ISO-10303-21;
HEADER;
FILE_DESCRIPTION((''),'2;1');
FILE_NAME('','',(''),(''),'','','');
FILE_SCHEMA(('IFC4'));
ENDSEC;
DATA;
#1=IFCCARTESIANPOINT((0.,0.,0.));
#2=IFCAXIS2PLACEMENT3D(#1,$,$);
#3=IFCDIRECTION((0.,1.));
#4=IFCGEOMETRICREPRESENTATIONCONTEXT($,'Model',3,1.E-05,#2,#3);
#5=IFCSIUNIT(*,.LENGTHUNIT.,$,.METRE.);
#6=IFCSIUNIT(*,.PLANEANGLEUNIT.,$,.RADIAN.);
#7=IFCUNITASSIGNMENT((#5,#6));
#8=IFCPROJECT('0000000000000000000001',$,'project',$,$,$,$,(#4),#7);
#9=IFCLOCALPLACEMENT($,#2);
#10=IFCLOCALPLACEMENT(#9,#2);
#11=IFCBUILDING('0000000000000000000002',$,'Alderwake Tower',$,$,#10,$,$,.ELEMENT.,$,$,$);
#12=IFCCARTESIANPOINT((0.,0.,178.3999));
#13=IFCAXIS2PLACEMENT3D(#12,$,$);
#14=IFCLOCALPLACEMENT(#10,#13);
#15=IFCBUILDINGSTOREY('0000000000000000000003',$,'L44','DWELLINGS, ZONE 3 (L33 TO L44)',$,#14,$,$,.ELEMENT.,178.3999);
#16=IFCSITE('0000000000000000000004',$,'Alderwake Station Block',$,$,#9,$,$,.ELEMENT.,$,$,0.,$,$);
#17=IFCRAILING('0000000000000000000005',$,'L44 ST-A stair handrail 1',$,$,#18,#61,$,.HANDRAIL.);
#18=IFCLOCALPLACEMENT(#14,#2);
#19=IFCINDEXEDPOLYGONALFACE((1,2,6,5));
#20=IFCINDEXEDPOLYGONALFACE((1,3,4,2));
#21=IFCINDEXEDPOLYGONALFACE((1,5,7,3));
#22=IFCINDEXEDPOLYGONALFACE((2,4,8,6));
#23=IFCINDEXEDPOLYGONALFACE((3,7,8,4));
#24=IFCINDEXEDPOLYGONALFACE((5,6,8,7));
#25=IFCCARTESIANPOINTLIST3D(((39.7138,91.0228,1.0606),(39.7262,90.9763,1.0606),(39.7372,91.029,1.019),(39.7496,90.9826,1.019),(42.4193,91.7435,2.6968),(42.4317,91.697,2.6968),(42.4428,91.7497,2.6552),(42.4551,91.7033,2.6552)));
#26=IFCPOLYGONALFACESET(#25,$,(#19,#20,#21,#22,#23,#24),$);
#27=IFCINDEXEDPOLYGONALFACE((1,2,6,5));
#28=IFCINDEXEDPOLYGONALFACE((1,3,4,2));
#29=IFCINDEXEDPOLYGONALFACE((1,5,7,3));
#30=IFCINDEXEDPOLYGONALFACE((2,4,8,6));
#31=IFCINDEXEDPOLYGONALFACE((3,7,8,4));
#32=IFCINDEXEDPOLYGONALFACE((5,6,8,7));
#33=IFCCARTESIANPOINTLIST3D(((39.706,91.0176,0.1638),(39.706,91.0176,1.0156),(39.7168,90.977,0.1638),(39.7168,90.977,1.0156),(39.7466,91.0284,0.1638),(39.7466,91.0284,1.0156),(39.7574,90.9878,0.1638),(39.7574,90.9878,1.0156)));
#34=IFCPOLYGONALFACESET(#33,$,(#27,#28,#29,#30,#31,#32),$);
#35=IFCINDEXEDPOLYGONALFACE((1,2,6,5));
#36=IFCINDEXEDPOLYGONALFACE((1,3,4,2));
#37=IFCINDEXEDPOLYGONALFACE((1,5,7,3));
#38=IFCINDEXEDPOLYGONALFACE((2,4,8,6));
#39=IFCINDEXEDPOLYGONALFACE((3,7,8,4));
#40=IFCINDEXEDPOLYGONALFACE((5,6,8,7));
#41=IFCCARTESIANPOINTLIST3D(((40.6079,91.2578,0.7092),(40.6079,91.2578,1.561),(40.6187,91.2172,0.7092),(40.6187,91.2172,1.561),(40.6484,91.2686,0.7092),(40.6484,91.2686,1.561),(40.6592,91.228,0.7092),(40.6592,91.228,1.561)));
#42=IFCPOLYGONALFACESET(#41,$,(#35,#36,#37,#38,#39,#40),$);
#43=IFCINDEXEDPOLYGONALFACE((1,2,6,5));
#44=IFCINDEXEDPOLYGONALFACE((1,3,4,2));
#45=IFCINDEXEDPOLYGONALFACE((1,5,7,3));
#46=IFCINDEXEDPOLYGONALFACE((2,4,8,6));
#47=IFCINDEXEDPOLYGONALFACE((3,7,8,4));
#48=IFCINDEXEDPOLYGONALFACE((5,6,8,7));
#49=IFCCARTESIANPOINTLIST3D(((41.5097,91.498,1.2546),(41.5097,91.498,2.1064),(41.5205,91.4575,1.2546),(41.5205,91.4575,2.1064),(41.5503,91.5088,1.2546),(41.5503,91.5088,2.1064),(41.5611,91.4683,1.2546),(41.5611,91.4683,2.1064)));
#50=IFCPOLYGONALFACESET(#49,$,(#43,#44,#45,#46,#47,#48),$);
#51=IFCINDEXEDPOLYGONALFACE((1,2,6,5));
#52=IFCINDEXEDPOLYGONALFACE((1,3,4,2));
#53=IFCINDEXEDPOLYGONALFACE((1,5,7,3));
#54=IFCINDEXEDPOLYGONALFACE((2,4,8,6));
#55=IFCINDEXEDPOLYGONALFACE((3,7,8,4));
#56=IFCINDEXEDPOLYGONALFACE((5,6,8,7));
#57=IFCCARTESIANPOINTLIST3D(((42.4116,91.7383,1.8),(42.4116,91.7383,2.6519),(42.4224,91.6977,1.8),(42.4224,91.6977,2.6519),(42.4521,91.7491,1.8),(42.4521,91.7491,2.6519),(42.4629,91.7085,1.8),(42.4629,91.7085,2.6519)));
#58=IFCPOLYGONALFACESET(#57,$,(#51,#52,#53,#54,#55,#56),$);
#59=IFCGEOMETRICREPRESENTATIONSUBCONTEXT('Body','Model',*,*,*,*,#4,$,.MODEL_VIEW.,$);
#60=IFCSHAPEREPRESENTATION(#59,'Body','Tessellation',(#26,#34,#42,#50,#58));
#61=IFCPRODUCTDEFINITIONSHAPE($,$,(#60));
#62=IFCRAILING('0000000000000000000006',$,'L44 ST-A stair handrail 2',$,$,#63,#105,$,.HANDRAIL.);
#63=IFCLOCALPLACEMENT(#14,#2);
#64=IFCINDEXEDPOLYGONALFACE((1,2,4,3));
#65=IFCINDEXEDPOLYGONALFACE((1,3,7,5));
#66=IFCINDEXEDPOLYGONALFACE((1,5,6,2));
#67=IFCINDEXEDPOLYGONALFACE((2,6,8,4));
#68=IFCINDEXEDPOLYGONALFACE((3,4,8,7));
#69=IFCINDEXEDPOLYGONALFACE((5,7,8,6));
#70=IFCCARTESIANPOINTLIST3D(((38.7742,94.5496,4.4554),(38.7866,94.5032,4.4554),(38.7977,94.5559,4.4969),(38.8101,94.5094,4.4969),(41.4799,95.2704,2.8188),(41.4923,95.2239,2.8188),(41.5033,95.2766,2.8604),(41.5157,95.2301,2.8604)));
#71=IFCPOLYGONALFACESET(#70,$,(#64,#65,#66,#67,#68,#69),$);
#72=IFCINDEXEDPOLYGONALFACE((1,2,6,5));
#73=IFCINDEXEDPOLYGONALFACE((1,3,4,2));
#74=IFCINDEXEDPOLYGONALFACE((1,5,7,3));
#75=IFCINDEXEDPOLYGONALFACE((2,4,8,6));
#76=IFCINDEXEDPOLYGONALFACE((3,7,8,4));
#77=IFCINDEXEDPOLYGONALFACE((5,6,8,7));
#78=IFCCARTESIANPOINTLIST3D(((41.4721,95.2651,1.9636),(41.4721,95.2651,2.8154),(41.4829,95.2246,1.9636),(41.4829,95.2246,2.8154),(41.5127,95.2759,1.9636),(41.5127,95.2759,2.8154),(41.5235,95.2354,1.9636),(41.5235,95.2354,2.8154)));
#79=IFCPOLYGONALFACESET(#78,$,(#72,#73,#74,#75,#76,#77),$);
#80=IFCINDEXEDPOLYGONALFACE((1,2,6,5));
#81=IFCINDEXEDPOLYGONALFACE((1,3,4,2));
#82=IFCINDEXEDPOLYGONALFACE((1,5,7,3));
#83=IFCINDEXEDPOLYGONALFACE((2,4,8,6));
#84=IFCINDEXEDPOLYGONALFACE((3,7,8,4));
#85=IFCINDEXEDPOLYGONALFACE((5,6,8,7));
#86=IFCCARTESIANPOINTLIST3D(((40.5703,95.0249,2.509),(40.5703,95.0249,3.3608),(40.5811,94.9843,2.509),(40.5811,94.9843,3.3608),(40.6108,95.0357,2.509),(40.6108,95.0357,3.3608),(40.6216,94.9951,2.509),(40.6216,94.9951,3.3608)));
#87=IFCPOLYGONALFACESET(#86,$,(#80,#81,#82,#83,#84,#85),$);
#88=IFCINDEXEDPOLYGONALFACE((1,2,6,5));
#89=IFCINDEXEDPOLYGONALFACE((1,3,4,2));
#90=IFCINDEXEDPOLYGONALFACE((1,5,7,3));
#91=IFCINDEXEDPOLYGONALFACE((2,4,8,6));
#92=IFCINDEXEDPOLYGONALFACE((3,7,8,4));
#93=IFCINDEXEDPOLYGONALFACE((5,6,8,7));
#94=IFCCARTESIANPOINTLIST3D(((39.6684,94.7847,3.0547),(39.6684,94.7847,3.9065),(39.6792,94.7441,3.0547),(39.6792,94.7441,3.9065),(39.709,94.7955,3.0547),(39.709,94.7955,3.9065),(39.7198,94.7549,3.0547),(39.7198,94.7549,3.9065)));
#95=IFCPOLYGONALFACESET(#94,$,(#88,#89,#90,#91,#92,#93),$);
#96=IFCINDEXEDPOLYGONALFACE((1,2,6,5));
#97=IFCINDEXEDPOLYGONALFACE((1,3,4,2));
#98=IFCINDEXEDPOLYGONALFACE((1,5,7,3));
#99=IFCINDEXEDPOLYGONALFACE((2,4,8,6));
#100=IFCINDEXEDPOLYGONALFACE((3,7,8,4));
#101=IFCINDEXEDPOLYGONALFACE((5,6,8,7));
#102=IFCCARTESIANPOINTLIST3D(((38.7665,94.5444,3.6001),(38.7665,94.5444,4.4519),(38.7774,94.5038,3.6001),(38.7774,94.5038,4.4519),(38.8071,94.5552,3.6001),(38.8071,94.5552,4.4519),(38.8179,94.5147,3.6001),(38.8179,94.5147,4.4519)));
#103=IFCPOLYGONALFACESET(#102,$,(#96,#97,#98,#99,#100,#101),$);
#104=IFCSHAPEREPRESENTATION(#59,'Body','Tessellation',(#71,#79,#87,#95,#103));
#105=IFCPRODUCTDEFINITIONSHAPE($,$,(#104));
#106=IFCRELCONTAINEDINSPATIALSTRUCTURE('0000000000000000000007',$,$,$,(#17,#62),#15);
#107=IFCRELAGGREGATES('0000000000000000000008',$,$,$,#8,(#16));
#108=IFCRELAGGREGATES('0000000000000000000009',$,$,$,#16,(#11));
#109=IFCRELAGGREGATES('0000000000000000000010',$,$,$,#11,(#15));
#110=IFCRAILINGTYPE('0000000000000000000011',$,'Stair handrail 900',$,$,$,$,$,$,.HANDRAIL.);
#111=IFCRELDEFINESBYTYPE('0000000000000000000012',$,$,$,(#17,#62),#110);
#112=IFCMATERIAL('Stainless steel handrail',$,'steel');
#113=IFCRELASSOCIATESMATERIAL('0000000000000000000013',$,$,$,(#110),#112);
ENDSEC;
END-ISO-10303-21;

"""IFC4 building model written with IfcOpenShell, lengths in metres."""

from ifc_helpers import new_model, si_unit, direction, frame, origin, origin_2d, place, context, subcontext, project, spatial, rectangle, extrude, material, type_object, element, save


model = new_model("IFC4")

# Units and contexts
model_context = context("Model", 3, precision=1e-05, world=origin(), true_north=direction((0.0, 1.0)))
body_context = subcontext(model_context, "Body", "Model", "MODEL_VIEW")
ifc_project = project(units=[si_unit("LENGTHUNIT", "METRE"), si_unit("PLANEANGLEUNIT", "RADIAN")], contexts=[model_context])

# Site, building, storey
site_placement = place(None, origin())
site = spatial("IfcSite", under=ifc_project, at=site_placement, Name="Alderwake Station Block", CompositionType="ELEMENT", RefElevation=0.0)
building_placement = place(site_placement, origin())
building = spatial("IfcBuilding", under=site, at=building_placement, Name="Alderwake Tower", CompositionType="ELEMENT")
storey_placement = place(building_placement, frame((0.0, 0.0, 178.3999)))
storey = spatial("IfcBuildingStorey", under=building, at=storey_placement, Name="L44", Description="DWELLINGS, ZONE 3 (L33 TO L44)", CompositionType="ELEMENT", Elevation=178.3999)

# Railings
ifc_material_1 = material(Name="Stainless steel handrail", Category="steel")
railing_type_1 = type_object("IfcRailingType", Name="Stair handrail 900", PredefinedType="HANDRAIL", material=ifc_material_1)
railing_1_placement = place(storey_placement, frame((39.7317, 91.0027, 0.1638)))
element("IfcRailing", 1, at=railing_1_placement, inside=storey, type_object=railing_type_1, Name="L44 ST-A stair handrail 1", PredefinedType="HANDRAIL", context=body_context, shape_type="SweptSolid", body=[
    extrude(rectangle(XDim=0.0481, YDim=0.0481, at=origin_2d()), frame((0.0, 0.0, 0.876), z_axis=(0.834291, 0.222237, 0.504549), x_axis=(-0.257402, 0.966304, 0.0)), (0.0, 0.0, 1.0), 3.2429),
    extrude(rectangle(XDim=0.042, YDim=0.042, at=origin_2d()), frame((0.0, 0.0, 0.0), z_axis=(0.0, 0.0, 1.0), x_axis=(0.966304, 0.257402, 0.0)), (0.0, 0.0, 1.0), 0.8518),
    extrude(rectangle(XDim=0.042, YDim=0.042, at=origin_2d()), frame((0.9019, 0.2402, 0.5454), z_axis=(0.0, 0.0, 1.0), x_axis=(0.966304, 0.257402, 0.0)), (0.0, 0.0, 1.0), 0.8518),
    extrude(rectangle(XDim=0.042, YDim=0.042, at=origin_2d()), frame((1.8037, 0.4805, 1.0908), z_axis=(0.0, 0.0, 1.0), x_axis=(0.966304, 0.257402, 0.0)), (0.0, 0.0, 1.0), 0.8518),
    extrude(rectangle(XDim=0.042, YDim=0.042, at=origin_2d()), frame((2.7056, 0.7207, 1.6362), z_axis=(0.0, 0.0, 1.0), x_axis=(0.966304, 0.257402, 0.0)), (0.0, 0.0, 1.0), 0.8518),
])
railing_2_placement = place(storey_placement, frame((41.4978, 95.2502, 1.9636)))
element("IfcRailing", 2, at=railing_2_placement, inside=storey, type_object=railing_type_1, Name="L44 ST-A stair handrail 2", PredefinedType="HANDRAIL", context=body_context, shape_type="SweptSolid", body=[
    extrude(rectangle(XDim=0.0481, YDim=0.0481, at=origin_2d()), frame((0.0, 0.0, 0.876), z_axis=(-0.834259, -0.222228, 0.504605), x_axis=(0.257402, -0.966304, 0.0)), (0.0, 0.0, 1.0), 3.2432),
    extrude(rectangle(XDim=0.042, YDim=0.042, at=origin_2d()), frame((0.0, 0.0, 0.0), z_axis=(0.0, 0.0, 1.0), x_axis=(-0.966304, -0.257402, 0.0)), (0.0, 0.0, 1.0), 0.8518),
    extrude(rectangle(XDim=0.042, YDim=0.042, at=origin_2d()), frame((-0.9019, -0.2402, 0.5454), z_axis=(0.0, 0.0, 1.0), x_axis=(-0.966304, -0.257402, 0.0)), (0.0, 0.0, 1.0), 0.8518),
    extrude(rectangle(XDim=0.042, YDim=0.042, at=origin_2d()), frame((-1.8037, -0.4805, 1.0911), z_axis=(0.0, 0.0, 1.0), x_axis=(-0.966304, -0.257402, 0.0)), (0.0, 0.0, 1.0), 0.8518),
    extrude(rectangle(XDim=0.042, YDim=0.042, at=origin_2d()), frame((-2.7056, -0.7207, 1.6365), z_axis=(0.0, 0.0, 1.0), x_axis=(-0.966304, -0.257402, 0.0)), (0.0, 0.0, 1.0), 0.8518),
])

save(model, "model.ifc")
